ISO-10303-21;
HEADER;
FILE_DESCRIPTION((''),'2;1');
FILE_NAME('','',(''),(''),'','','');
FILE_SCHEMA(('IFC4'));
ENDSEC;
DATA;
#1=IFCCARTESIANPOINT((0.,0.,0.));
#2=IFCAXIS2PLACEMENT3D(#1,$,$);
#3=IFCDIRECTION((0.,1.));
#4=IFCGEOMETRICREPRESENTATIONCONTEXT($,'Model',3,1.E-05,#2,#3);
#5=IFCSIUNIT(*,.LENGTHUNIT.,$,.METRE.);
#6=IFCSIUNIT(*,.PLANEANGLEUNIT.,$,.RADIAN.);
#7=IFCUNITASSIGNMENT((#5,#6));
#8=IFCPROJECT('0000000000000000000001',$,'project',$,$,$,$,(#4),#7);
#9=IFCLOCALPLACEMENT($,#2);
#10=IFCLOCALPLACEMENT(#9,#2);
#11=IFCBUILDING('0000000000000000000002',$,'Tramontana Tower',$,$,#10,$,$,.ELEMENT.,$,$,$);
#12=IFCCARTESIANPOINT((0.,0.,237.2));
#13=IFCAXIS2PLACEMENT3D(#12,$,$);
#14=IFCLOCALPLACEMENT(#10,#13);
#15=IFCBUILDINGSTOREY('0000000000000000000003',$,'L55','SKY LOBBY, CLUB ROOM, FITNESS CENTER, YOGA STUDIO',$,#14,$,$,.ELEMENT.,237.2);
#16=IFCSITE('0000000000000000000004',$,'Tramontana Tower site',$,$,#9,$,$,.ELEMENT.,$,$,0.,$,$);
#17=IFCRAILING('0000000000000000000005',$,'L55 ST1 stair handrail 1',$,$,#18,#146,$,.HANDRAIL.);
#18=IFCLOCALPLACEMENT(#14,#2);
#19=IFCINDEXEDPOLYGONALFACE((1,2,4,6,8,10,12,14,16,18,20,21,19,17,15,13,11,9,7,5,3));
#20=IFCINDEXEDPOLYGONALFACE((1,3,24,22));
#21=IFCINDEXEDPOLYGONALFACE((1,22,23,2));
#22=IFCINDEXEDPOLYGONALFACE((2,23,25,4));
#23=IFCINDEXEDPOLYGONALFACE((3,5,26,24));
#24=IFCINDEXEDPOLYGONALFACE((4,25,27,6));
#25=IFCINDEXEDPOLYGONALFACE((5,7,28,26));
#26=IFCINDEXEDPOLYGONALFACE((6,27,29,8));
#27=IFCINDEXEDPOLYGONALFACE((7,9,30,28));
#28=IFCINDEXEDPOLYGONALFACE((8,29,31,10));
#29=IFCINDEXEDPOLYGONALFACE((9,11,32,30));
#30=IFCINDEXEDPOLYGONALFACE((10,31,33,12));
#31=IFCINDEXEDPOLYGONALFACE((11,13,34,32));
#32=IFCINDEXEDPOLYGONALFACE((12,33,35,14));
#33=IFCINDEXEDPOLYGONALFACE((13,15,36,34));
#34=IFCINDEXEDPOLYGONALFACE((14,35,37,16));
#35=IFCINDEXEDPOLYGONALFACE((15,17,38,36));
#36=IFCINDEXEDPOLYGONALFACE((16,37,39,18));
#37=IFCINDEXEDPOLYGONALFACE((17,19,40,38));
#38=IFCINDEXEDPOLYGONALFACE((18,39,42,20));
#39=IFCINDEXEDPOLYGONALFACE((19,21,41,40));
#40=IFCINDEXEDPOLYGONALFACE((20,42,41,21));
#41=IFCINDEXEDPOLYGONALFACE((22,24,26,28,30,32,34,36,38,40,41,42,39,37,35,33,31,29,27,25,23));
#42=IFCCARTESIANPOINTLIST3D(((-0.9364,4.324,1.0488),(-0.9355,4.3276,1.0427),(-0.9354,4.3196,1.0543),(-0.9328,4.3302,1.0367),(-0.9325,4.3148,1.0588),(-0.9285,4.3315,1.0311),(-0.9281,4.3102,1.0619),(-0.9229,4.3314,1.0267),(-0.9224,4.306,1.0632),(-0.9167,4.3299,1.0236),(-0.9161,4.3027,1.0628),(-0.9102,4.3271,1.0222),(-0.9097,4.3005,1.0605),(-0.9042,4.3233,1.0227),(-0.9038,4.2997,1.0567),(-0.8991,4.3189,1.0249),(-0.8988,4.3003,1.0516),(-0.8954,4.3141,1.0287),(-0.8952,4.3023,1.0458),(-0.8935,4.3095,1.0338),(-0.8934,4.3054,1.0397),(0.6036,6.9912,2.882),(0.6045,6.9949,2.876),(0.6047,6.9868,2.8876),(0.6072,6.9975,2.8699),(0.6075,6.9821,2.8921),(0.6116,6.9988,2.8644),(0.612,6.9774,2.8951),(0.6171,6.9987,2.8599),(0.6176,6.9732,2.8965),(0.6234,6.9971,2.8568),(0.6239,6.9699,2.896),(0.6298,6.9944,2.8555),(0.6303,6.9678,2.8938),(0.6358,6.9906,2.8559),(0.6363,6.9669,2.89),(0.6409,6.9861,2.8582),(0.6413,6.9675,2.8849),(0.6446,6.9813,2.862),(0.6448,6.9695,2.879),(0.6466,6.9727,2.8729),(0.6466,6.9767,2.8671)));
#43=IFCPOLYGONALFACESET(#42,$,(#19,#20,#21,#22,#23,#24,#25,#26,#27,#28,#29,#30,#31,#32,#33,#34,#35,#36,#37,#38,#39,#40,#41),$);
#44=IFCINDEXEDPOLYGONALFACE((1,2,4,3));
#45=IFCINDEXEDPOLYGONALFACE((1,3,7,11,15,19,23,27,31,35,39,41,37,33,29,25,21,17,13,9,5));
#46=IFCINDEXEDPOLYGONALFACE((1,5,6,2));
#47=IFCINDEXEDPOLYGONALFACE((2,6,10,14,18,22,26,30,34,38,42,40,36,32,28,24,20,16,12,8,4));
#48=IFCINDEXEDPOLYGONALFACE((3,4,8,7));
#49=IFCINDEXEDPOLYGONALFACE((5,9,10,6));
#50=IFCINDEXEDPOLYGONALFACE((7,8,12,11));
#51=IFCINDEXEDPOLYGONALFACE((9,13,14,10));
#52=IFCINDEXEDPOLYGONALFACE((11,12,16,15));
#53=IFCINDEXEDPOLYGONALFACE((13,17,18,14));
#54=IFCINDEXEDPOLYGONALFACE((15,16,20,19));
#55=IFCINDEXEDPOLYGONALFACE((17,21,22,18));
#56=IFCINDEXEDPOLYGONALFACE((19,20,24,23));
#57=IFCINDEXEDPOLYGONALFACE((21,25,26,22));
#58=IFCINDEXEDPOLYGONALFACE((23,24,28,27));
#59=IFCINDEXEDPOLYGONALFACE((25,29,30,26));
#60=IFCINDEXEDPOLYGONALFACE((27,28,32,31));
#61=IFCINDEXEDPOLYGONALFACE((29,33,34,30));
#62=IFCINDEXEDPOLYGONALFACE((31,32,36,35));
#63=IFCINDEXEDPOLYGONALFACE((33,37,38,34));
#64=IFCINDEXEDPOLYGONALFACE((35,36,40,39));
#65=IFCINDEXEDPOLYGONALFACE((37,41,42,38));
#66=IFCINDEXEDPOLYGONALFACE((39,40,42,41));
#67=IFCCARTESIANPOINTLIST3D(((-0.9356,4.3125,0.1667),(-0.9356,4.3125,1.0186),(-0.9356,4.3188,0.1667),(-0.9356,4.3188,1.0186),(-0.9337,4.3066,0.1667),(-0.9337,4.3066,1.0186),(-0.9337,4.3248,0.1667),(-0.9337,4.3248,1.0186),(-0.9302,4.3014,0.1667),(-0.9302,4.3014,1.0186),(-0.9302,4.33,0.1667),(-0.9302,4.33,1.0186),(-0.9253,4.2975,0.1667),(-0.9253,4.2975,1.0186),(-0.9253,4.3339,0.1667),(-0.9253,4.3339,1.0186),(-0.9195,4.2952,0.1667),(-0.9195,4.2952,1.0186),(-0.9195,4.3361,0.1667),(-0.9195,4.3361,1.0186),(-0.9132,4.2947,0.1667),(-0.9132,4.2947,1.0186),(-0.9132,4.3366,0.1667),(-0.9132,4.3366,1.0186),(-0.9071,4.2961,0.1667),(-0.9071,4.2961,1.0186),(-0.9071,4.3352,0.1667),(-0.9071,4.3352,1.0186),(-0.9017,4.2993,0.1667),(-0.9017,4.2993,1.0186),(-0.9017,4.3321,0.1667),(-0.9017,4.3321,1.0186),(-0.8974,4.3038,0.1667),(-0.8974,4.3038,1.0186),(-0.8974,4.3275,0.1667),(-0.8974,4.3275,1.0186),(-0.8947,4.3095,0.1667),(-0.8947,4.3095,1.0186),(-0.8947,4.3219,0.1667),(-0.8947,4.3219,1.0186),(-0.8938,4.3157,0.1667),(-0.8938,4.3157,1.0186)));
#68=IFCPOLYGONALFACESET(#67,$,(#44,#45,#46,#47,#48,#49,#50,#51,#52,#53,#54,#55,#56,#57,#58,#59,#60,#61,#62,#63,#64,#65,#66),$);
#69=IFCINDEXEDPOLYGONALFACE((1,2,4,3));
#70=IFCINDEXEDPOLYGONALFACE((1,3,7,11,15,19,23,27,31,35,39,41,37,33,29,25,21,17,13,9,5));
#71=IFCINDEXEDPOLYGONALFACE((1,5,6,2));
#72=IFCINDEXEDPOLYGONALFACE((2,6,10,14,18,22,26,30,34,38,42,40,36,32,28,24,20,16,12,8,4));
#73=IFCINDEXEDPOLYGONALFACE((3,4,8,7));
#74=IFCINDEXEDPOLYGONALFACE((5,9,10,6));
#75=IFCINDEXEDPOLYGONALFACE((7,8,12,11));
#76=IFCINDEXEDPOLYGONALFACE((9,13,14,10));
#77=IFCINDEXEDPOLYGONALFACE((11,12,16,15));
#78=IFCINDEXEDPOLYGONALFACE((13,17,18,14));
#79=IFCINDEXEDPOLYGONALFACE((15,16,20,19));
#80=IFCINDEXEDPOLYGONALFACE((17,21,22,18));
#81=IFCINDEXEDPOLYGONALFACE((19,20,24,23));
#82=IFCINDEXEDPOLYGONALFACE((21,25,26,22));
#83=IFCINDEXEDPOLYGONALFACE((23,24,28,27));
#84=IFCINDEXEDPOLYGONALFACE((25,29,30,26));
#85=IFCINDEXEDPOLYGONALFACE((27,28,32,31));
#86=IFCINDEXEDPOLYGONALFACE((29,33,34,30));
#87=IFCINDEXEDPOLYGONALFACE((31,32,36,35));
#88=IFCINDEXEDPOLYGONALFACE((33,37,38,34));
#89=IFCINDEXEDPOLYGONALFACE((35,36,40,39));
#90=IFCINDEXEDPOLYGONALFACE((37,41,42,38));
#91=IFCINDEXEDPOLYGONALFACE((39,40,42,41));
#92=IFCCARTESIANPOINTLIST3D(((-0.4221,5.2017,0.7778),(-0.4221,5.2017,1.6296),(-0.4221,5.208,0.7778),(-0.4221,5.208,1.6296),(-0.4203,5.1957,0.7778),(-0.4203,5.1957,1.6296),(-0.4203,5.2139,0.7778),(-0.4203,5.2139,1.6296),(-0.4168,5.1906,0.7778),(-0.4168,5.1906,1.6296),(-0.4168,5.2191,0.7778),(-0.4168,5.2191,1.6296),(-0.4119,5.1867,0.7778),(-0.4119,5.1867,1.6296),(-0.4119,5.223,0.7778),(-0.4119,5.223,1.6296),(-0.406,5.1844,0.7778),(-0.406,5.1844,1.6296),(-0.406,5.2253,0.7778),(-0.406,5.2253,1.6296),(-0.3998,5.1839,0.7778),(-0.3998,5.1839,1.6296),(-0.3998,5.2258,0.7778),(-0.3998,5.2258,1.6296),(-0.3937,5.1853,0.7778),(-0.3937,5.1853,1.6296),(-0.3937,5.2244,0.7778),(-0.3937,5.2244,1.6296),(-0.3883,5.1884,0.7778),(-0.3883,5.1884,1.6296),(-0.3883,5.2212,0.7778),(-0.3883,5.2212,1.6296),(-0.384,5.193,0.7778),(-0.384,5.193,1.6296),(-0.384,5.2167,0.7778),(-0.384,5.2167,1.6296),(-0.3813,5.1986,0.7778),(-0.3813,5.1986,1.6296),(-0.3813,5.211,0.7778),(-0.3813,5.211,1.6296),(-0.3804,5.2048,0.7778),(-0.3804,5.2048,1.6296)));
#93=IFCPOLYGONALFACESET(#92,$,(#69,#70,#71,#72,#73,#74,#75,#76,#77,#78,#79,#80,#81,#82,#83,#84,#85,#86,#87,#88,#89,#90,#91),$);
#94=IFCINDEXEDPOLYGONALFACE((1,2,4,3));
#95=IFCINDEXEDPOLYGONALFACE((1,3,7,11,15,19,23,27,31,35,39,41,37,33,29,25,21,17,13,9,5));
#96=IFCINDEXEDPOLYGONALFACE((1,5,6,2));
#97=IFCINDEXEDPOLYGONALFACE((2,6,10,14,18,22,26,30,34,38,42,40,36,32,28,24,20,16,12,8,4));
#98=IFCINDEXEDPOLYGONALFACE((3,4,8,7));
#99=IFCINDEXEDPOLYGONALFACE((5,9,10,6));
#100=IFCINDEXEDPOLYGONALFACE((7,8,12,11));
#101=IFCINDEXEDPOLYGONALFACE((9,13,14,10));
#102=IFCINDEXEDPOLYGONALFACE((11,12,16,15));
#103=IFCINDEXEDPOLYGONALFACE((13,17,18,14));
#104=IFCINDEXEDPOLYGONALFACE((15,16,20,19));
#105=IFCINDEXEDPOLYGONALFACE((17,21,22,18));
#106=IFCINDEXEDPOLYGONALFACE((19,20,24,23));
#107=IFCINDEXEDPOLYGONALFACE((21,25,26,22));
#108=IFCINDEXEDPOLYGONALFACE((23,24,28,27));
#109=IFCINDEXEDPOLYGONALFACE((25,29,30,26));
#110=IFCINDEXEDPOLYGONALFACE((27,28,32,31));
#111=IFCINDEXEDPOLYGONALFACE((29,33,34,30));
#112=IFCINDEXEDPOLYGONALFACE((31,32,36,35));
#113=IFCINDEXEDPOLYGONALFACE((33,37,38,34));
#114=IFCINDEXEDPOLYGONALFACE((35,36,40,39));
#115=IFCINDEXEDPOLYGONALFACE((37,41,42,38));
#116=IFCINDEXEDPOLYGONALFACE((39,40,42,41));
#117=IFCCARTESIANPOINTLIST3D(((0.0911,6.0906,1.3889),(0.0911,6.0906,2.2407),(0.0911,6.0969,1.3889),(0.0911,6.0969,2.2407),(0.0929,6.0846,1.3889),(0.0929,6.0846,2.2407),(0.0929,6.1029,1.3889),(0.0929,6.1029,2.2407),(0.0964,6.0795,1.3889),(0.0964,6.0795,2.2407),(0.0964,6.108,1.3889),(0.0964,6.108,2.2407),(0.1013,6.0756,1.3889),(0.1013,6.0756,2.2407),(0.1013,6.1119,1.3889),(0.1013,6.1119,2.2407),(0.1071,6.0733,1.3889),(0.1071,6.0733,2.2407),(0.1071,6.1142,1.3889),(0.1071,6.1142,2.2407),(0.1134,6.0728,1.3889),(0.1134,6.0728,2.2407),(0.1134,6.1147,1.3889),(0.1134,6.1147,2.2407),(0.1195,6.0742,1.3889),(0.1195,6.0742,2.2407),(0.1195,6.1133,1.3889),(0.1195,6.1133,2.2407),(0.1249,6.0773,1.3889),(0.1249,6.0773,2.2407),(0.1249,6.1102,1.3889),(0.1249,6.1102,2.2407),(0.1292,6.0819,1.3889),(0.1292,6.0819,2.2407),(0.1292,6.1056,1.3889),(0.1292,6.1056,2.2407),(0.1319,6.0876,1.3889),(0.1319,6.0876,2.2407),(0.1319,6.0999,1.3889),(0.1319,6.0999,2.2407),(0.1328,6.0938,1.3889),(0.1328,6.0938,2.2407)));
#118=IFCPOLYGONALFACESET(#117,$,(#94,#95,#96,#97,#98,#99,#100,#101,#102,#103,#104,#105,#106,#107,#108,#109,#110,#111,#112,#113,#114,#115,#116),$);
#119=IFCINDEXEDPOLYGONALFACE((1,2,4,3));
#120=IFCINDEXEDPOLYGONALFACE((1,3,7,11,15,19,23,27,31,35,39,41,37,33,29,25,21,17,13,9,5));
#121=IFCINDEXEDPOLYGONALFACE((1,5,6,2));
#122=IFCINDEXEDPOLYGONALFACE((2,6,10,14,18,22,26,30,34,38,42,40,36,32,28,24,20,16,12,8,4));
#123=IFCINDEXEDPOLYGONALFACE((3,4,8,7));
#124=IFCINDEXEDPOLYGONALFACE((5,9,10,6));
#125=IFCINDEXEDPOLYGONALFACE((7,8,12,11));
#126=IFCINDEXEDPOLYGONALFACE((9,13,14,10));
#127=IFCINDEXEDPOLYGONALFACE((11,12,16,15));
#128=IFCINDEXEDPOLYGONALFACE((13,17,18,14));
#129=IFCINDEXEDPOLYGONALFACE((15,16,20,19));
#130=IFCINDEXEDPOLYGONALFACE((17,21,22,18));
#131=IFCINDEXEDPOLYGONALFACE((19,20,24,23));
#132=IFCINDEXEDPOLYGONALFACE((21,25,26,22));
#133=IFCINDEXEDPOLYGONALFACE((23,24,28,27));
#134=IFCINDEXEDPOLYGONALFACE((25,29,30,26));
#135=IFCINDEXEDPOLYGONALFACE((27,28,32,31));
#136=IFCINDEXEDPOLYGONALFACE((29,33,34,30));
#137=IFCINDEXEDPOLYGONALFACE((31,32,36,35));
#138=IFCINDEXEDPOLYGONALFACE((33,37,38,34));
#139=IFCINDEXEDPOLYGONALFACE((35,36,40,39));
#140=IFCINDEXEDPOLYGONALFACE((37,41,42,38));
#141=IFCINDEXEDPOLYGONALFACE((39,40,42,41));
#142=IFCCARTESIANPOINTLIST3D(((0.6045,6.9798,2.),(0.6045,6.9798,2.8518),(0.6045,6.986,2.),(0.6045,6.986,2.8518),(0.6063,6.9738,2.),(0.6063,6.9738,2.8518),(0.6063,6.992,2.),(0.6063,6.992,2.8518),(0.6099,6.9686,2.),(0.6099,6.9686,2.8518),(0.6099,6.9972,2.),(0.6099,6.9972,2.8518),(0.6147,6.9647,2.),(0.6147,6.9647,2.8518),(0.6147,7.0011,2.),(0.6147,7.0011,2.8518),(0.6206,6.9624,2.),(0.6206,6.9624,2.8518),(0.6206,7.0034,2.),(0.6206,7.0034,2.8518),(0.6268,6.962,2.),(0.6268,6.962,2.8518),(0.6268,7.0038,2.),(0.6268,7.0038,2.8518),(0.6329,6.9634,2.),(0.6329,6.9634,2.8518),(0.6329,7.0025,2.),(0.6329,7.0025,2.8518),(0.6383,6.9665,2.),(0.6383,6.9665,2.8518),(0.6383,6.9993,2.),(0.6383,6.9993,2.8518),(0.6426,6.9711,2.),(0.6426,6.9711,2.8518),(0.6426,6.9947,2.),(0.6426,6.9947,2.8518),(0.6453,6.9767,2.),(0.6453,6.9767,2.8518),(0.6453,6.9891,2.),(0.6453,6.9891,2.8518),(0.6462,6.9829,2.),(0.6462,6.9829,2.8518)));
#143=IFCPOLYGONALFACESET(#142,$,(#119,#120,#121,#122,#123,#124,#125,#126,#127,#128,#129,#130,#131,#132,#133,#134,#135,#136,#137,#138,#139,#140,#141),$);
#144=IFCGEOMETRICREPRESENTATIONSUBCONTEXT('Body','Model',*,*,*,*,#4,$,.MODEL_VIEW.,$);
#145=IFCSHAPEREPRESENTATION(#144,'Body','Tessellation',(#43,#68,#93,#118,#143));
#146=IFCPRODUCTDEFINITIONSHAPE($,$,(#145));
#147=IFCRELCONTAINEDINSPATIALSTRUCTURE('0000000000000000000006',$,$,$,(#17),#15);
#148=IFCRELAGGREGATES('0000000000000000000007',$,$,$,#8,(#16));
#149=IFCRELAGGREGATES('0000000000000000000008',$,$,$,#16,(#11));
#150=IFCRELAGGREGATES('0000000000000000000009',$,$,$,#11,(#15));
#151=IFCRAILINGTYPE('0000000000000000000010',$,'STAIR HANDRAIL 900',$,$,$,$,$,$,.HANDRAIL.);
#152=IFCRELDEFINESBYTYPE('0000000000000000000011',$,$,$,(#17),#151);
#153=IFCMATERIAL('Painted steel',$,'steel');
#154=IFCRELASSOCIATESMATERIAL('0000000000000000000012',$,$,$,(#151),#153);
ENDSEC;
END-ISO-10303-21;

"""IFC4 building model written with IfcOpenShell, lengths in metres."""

from ifc_helpers import new_model, si_unit, direction, frame, origin, origin_2d, place, context, subcontext, project, spatial, circle, extrude, material, type_object, element, save


model = new_model("IFC4")

# Units and contexts
model_context = context("Model", 3, precision=1e-05, world=origin(), true_north=direction((0.0, 1.0)))
body_context = subcontext(model_context, "Body", "Model", "MODEL_VIEW")
ifc_project = project(units=[si_unit("LENGTHUNIT", "METRE"), si_unit("PLANEANGLEUNIT", "RADIAN")], contexts=[model_context])

# Site, building, storey
site_placement = place(None, origin())
site = spatial("IfcSite", under=ifc_project, at=site_placement, Name="Tramontana Tower site", CompositionType="ELEMENT", RefElevation=0.0)
building_placement = place(site_placement, origin())
building = spatial("IfcBuilding", under=site, at=building_placement, Name="Tramontana Tower", CompositionType="ELEMENT")
storey_placement = place(building_placement, frame((0.0, 0.0, 237.2)))
storey = spatial("IfcBuildingStorey", under=building, at=storey_placement, Name="L55", Description="SKY LOBBY, CLUB ROOM, FITNESS CENTER, YOGA STUDIO", CompositionType="ELEMENT", Elevation=237.2)

# Railing
ifc_material_1 = material(Name="Painted steel", Category="steel")
railing_type_1 = type_object("IfcRailingType", Name="STAIR HANDRAIL 900", PredefinedType="HANDRAIL", material=ifc_material_1)
railing_1_placement = place(storey_placement, frame((-0.9148, 4.3157, 0.1667)))
element("IfcRailing", 1, at=railing_1_placement, inside=storey, type_object=railing_type_1, Name="L55 ST1 stair handrail 1", PredefinedType="HANDRAIL", context=body_context, shape_type="SweptSolid", body=[
    extrude(circle(Radius=0.0239, at=origin_2d()), frame((0.0, 0.0, 0.876), z_axis=(0.429671, 0.744159, 0.511478), x_axis=(-0.86601, 0.500027, 0.0)), (0.0, 0.0, 1.0), 3.5842),
    extrude(circle(Radius=0.021, at=origin_2d()), origin(), (0.0, 0.0, 1.0), 0.8518),
    extrude(circle(Radius=0.021, at=origin_2d()), frame((0.5134, 0.8892, 0.6111)), (0.0, 0.0, 1.0), 0.8518),
    extrude(circle(Radius=0.021, at=origin_2d()), frame((1.0266, 1.7781, 1.2222)), (0.0, 0.0, 1.0), 0.8518),
    extrude(circle(Radius=0.021, at=origin_2d()), frame((1.54, 2.6672, 1.8333)), (0.0, 0.0, 1.0), 0.8518),
])

save(model, "model.ifc")
